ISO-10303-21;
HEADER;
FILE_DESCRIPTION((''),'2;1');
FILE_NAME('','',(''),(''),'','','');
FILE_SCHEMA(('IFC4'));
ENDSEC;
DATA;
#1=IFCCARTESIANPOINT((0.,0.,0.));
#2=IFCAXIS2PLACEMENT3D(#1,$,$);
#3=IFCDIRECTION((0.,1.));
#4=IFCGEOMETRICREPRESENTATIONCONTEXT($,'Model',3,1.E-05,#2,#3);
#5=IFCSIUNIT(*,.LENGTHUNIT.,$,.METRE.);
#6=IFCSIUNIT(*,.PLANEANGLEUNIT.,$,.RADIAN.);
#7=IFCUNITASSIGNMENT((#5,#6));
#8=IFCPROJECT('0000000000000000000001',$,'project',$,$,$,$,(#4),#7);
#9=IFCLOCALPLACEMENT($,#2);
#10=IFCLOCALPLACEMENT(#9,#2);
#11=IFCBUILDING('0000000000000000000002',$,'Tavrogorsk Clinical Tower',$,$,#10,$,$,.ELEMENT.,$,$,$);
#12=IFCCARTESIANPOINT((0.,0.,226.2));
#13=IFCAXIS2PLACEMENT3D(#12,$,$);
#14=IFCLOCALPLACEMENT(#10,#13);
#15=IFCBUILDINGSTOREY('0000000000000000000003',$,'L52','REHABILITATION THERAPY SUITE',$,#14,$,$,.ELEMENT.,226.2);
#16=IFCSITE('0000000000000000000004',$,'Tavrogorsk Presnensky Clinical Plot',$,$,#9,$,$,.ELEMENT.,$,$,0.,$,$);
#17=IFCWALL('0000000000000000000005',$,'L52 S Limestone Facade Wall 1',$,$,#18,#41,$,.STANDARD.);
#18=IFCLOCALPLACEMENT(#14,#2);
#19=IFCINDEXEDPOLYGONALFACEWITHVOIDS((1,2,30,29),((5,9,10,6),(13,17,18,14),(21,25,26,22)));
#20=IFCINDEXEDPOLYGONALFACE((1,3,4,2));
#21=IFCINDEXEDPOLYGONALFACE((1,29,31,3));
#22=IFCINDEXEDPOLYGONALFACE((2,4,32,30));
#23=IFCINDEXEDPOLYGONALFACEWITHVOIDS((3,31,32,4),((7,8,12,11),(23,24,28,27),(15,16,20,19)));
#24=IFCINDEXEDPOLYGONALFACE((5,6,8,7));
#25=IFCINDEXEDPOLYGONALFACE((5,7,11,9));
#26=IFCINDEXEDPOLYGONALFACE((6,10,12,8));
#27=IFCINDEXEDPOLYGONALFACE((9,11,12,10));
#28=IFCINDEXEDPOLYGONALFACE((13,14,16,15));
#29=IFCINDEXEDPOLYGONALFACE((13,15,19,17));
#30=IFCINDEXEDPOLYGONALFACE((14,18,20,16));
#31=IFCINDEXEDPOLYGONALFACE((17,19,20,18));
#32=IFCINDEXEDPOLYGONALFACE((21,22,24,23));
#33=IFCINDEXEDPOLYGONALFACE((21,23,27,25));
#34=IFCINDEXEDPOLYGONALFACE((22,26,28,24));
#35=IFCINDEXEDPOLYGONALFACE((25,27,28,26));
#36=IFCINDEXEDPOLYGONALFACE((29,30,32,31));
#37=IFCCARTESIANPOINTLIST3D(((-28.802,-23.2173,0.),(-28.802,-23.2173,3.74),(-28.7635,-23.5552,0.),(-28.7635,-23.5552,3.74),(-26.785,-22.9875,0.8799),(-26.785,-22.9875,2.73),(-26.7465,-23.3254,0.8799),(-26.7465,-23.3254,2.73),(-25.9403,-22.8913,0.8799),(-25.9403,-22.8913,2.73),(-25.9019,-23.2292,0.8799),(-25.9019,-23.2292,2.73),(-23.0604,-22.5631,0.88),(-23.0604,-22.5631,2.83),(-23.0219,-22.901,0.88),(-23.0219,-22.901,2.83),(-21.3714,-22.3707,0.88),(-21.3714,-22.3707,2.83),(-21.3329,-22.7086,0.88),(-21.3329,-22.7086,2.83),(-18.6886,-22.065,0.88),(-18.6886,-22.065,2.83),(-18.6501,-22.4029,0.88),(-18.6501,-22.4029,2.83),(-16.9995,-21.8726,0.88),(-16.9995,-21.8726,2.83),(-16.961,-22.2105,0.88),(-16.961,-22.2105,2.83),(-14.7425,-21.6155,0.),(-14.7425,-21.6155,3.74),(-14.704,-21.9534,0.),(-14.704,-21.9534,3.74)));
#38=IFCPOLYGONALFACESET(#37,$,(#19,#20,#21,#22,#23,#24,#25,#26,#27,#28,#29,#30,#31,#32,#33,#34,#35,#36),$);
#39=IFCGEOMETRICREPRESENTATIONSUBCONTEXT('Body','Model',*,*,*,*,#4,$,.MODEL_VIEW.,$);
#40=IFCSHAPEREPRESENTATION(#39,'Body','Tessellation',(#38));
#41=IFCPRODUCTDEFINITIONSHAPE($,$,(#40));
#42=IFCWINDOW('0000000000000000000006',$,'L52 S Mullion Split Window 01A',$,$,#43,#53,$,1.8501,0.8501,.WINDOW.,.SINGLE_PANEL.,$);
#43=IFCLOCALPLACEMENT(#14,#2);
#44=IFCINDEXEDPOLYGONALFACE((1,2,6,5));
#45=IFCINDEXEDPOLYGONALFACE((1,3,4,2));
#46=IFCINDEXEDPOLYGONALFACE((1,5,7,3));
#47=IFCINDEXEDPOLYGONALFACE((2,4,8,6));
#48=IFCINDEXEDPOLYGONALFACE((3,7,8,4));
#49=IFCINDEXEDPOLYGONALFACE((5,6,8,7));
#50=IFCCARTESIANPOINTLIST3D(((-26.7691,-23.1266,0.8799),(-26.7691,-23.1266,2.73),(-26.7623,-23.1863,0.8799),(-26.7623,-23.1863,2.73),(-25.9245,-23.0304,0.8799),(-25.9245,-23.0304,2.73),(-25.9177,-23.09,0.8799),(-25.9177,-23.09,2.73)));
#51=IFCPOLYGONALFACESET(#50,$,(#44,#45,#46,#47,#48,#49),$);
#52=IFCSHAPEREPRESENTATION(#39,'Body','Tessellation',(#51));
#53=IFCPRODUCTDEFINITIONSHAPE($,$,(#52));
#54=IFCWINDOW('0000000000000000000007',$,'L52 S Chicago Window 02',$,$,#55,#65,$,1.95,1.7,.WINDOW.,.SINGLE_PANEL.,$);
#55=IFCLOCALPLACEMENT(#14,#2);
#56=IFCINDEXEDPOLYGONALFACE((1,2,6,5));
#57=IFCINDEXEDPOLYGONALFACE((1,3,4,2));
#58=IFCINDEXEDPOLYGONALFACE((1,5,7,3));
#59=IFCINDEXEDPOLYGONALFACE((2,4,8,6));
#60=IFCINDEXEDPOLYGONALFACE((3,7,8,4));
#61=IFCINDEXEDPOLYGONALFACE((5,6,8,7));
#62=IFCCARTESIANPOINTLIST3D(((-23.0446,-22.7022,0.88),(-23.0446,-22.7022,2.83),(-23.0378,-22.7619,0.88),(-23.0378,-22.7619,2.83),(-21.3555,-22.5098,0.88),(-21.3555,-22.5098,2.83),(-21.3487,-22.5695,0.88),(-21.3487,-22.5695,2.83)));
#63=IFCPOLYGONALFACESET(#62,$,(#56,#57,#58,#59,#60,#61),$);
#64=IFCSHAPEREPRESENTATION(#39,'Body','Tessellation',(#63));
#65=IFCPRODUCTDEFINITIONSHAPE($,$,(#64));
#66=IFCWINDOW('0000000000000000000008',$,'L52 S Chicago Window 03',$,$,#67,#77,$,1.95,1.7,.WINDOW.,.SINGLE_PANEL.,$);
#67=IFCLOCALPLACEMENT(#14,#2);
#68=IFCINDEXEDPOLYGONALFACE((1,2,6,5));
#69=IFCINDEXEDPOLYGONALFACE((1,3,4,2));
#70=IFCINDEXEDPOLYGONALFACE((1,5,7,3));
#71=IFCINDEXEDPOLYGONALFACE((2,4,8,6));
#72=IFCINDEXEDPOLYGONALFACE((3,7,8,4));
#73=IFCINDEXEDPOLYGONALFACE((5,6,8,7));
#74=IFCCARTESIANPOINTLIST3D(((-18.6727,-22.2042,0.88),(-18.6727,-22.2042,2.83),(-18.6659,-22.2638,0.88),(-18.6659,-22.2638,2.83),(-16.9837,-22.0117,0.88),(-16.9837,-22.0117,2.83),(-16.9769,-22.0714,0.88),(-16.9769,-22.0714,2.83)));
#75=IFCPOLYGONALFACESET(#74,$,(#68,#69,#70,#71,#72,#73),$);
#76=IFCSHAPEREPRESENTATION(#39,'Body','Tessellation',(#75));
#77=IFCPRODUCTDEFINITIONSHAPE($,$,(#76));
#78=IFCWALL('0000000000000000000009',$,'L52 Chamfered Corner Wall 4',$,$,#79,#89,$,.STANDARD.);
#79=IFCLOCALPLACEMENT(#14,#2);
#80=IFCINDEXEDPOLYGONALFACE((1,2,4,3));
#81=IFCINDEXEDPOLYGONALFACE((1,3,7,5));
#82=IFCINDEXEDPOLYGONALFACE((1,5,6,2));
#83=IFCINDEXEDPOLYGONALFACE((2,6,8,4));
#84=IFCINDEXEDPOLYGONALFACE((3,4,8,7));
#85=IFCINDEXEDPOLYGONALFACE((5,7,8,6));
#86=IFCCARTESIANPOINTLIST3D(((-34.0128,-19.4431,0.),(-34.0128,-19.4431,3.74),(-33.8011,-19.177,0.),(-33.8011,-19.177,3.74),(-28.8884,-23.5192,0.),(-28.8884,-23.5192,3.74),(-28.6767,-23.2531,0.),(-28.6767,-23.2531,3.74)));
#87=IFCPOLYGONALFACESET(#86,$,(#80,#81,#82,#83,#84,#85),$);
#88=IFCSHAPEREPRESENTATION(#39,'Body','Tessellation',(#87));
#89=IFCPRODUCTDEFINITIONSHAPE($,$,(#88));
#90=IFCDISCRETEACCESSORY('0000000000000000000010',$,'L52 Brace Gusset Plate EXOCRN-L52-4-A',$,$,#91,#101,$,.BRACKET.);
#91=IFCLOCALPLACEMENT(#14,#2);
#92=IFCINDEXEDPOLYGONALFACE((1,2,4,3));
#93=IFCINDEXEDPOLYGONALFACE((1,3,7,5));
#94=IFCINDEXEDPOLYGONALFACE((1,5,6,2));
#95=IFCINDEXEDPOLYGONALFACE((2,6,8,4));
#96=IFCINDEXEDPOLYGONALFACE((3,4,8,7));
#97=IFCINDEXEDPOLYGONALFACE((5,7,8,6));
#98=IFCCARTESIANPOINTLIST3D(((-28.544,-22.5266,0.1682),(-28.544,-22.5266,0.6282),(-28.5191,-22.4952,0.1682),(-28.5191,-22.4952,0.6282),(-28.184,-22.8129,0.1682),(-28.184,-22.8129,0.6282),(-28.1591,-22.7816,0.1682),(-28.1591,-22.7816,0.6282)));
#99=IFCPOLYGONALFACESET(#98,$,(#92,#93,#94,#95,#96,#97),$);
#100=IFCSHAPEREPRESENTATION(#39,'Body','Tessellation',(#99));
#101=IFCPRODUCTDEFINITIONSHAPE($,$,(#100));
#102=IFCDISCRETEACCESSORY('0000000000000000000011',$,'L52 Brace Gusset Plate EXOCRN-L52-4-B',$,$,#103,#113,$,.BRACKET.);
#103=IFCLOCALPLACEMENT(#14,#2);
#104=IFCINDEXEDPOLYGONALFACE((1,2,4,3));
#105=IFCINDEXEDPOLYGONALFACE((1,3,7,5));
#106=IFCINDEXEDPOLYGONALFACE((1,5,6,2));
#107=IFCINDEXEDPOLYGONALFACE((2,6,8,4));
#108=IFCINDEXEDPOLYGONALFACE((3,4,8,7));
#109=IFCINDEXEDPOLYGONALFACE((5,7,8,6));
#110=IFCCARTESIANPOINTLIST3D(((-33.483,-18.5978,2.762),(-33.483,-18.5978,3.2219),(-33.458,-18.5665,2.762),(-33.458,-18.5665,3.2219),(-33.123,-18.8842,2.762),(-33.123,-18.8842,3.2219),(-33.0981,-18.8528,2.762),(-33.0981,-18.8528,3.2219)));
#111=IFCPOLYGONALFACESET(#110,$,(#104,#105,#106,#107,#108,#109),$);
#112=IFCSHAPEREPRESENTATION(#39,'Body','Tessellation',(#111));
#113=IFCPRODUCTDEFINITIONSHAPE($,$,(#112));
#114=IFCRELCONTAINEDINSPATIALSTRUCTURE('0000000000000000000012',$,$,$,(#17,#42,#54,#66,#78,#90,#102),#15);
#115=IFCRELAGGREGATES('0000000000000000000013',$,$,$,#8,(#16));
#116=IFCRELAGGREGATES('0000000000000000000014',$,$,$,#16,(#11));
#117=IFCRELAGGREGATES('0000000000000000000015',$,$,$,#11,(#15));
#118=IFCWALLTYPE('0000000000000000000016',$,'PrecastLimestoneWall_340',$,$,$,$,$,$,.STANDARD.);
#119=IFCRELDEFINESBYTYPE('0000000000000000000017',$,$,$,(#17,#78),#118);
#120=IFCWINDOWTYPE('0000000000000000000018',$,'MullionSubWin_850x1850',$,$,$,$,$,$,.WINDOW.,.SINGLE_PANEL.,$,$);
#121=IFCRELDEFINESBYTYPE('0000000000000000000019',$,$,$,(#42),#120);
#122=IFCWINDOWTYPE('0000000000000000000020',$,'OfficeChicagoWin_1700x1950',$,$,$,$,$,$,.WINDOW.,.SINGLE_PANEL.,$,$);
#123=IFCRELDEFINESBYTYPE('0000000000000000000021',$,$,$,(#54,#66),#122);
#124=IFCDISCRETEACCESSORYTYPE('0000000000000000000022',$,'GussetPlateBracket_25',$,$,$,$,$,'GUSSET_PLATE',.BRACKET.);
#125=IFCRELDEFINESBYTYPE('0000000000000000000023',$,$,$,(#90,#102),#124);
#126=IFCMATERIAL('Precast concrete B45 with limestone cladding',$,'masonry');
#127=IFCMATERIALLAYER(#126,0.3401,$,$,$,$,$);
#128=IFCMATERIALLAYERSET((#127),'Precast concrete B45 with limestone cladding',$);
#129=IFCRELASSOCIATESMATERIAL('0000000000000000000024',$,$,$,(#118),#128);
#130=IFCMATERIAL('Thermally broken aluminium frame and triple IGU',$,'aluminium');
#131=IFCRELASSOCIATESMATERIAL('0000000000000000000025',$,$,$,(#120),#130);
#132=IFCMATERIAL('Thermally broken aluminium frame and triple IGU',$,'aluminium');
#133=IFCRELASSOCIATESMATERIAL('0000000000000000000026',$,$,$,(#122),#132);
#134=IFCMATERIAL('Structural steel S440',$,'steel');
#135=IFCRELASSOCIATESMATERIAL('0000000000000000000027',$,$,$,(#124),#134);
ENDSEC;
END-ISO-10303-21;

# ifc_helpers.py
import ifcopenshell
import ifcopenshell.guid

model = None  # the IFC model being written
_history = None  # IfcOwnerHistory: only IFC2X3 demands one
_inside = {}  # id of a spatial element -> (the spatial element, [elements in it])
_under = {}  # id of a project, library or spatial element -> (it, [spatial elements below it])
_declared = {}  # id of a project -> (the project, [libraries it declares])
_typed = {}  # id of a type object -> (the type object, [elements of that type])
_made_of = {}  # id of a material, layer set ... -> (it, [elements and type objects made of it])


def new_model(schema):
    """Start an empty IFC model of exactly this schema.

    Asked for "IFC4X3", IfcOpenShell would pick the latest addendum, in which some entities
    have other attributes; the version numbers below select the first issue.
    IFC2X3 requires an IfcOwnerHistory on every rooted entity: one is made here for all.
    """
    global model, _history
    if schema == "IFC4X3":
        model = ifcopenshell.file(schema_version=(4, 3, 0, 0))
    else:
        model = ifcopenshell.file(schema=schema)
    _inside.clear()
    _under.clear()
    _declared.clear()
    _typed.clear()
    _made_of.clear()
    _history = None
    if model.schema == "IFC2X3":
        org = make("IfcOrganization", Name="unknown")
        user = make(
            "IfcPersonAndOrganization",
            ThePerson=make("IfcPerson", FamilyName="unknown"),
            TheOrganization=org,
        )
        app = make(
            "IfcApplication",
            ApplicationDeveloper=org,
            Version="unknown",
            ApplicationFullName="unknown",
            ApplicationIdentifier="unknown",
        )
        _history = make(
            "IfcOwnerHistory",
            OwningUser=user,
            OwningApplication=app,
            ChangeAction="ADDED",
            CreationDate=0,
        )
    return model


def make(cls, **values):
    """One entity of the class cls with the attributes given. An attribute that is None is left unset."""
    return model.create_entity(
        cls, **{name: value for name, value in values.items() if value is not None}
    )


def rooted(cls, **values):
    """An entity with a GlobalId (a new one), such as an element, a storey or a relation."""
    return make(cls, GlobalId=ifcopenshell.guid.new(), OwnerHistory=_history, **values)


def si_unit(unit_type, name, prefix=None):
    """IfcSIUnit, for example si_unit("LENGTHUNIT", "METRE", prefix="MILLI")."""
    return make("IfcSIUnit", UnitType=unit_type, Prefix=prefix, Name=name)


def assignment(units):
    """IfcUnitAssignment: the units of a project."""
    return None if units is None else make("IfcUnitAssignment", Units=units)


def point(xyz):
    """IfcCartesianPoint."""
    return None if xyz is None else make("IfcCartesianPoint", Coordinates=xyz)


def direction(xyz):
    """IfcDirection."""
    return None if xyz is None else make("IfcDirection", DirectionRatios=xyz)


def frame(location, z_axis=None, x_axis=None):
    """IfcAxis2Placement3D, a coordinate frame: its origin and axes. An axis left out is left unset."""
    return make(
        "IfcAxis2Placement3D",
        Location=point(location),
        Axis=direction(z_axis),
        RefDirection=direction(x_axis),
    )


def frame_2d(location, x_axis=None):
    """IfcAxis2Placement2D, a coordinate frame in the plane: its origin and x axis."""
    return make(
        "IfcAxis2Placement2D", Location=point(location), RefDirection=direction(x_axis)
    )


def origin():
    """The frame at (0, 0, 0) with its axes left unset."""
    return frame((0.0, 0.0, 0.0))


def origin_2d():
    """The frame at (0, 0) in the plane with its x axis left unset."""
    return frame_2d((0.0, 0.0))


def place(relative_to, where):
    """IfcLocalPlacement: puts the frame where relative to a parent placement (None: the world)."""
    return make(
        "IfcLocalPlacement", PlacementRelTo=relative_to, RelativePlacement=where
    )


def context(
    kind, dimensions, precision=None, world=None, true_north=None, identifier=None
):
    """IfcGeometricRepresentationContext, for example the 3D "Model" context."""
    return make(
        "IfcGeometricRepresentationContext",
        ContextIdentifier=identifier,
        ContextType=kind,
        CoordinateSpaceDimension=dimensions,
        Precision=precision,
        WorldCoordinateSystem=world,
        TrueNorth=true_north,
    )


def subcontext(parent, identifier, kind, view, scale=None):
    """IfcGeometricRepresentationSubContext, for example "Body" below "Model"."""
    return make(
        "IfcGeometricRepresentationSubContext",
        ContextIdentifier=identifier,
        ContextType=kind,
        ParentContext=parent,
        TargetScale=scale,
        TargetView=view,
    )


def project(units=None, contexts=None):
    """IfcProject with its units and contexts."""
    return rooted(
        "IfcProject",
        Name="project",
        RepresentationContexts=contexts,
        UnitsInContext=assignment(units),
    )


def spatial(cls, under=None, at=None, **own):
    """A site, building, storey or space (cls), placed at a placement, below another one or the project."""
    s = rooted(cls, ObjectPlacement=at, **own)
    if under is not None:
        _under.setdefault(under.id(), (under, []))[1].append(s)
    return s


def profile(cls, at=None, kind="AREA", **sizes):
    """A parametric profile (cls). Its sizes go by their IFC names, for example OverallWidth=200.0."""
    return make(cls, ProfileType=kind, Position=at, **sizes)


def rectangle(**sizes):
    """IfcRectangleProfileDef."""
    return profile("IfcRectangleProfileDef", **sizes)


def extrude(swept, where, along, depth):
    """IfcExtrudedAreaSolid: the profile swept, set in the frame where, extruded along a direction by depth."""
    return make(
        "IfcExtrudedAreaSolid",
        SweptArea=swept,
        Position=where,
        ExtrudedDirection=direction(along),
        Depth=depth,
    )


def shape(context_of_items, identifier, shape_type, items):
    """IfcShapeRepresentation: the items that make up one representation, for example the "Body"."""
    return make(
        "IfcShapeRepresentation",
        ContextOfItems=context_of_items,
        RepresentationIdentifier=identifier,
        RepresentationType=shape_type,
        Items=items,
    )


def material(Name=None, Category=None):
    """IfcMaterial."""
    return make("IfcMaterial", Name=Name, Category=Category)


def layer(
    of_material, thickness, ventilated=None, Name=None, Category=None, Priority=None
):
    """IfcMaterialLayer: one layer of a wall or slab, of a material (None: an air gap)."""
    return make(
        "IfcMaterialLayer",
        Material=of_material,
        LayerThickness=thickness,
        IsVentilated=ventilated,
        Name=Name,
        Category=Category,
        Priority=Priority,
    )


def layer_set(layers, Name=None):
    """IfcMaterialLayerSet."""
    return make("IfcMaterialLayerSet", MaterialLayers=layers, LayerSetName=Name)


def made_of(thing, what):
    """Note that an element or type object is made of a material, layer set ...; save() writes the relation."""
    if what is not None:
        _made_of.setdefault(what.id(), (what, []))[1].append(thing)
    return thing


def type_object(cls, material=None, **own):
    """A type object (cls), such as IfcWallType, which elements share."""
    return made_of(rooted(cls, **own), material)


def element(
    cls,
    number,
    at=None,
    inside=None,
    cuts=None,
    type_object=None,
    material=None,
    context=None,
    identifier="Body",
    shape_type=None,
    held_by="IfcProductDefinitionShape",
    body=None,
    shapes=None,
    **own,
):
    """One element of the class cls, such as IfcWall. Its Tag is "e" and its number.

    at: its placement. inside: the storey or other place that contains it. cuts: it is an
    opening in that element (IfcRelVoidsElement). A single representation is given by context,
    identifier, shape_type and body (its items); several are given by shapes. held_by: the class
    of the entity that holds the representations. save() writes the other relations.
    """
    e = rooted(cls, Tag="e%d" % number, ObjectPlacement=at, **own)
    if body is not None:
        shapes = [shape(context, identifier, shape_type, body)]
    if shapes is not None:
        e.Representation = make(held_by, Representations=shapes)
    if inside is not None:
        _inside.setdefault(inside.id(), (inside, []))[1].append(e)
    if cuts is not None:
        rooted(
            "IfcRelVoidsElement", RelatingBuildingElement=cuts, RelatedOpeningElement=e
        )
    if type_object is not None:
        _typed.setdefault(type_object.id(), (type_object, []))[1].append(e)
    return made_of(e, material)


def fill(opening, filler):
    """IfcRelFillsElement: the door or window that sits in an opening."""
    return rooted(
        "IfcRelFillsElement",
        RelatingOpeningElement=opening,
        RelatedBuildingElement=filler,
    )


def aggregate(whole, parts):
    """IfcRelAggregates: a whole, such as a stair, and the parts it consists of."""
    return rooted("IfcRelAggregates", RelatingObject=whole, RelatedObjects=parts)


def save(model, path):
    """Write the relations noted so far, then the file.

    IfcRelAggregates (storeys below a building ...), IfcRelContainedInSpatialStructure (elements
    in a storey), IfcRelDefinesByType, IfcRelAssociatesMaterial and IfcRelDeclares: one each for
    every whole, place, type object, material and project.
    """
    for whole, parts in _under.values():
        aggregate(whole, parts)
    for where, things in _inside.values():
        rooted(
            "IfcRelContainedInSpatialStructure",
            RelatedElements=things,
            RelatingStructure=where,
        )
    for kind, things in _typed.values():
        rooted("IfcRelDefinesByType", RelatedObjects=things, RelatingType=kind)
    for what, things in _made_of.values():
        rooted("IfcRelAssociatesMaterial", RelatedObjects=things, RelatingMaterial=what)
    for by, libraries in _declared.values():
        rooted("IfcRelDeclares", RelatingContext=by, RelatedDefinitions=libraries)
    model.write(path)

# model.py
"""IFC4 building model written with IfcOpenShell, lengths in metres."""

from ifc_helpers import new_model, si_unit, direction, frame, frame_2d, origin, origin_2d, place, context, subcontext, project, spatial, rectangle, extrude, material, layer, layer_set, type_object, element, fill, save


model = new_model("IFC4")

# Units and contexts
model_context = context("Model", 3, precision=1e-05, world=origin(), true_north=direction((0.0, 1.0)))
body_context = subcontext(model_context, "Body", "Model", "MODEL_VIEW")
ifc_project = project(units=[si_unit("LENGTHUNIT", "METRE"), si_unit("PLANEANGLEUNIT", "RADIAN")], contexts=[model_context])

# Site, building, storey
site_placement = place(None, origin())
site = spatial("IfcSite", under=ifc_project, at=site_placement, Name="Tavrogorsk Presnensky Clinical Plot", CompositionType="ELEMENT", RefElevation=0.0)
building_placement = place(site_placement, origin())
building = spatial("IfcBuilding", under=site, at=building_placement, Name="Tavrogorsk Clinical Tower", CompositionType="ELEMENT")
storey_placement = place(building_placement, frame((0.0, 0.0, 226.2)))
storey = spatial("IfcBuildingStorey", under=building, at=storey_placement, Name="L52", Description="REHABILITATION THERAPY SUITE", CompositionType="ELEMENT", Elevation=226.2)

# Wall, openings, windows
ifc_material_1 = material(Name="Precast concrete B45 with limestone cladding", Category="masonry")
ifc_layer_1 = layer(ifc_material_1, 0.3401)
ifc_layer_set_1 = layer_set([ifc_layer_1], Name="Precast concrete B45 with limestone cladding")
wall_type_1 = type_object("IfcWallType", Name="PrecastLimestoneWall_340", PredefinedType="STANDARD", material=ifc_layer_set_1)
wall_1_placement = place(storey_placement, frame((-28.7827, -23.3862, 0.0), z_axis=(0.0, 0.0, 1.0), x_axis=(0.993572, 0.1132, 0.0)))
wall_1 = element("IfcWall", 1, at=wall_1_placement, inside=storey, type_object=wall_type_1, Name="L52 S Limestone Facade Wall 1", PredefinedType="STANDARD", context=body_context, shape_type="SweptSolid", body=[
    extrude(rectangle(XDim=14.1504, YDim=0.3401, at=frame_2d((7.0752, 0.0))), origin(), (0.0, 0.0, 1.0), 3.74),
])
opening_1_placement = place(wall_1_placement, frame((2.03, 0.0, 0.8799)))
opening_1 = element("IfcOpeningElement", 2, at=opening_1_placement, cuts=wall_1, PredefinedType="OPENING", context=body_context, shape_type="SweptSolid", body=[
    extrude(rectangle(XDim=0.8501, YDim=1.8501, at=frame_2d((0.425, 0.925))), frame((0.0, 0.1799, 0.0), z_axis=(0.0, -1.0, 0.0), x_axis=(1.0, 0.0, 0.0)), (0.0, 0.0, 1.0), 0.3601),
])
opening_2_placement = place(wall_1_placement, frame((5.7786, 0.0, 0.8799)))
opening_2 = element("IfcOpeningElement", 3, at=opening_2_placement, cuts=wall_1, PredefinedType="OPENING", context=body_context, shape_type="SweptSolid", body=[
    extrude(rectangle(XDim=1.7, YDim=1.95, at=frame_2d((0.8501, 0.9751))), frame((0.0, 0.1799, 0.0), z_axis=(0.0, -1.0, 0.0), x_axis=(1.0, 0.0, 0.0)), (0.0, 0.0, 1.0), 0.3601),
])
opening_3_placement = place(wall_1_placement, frame((10.1787, 0.0, 0.8799)))
opening_3 = element("IfcOpeningElement", 4, at=opening_3_placement, cuts=wall_1, PredefinedType="OPENING", context=body_context, shape_type="SweptSolid", body=[
    extrude(rectangle(XDim=1.7, YDim=1.95, at=frame_2d((0.8501, 0.9751))), frame((0.0, 0.1799, 0.0), z_axis=(0.0, -1.0, 0.0), x_axis=(1.0, 0.0, 0.0)), (0.0, 0.0, 1.0), 0.3601),
])
ifc_material_2 = material(Name="Thermally broken aluminium frame and triple IGU", Category="aluminium")
window_type_1 = type_object("IfcWindowType", Name="MullionSubWin_850x1850", PartitioningType="SINGLE_PANEL", PredefinedType="WINDOW", material=ifc_material_2)
window_1_placement = place(opening_1_placement, origin())
window_1 = element("IfcWindow", 5, at=window_1_placement, inside=storey, type_object=window_type_1, Name="L52 S Mullion Split Window 01A", OverallHeight=1.8501, OverallWidth=0.8501, PartitioningType="SINGLE_PANEL", PredefinedType="WINDOW", context=body_context, shape_type="SweptSolid", body=[
    extrude(rectangle(XDim=0.8501, YDim=1.8501, at=frame_2d((0.425, 0.925))), frame((0.0, 0.03, 0.0), z_axis=(0.0, -1.0, 0.0), x_axis=(1.0, 0.0, 0.0)), (0.0, 0.0, 1.0), 0.0601),
])
fill(opening_1, window_1)
ifc_material_3 = material(Name="Thermally broken aluminium frame and triple IGU", Category="aluminium")
window_type_2 = type_object("IfcWindowType", Name="OfficeChicagoWin_1700x1950", PartitioningType="SINGLE_PANEL", PredefinedType="WINDOW", material=ifc_material_3)
window_2_placement = place(opening_2_placement, origin())
window_2 = element("IfcWindow", 6, at=window_2_placement, inside=storey, type_object=window_type_2, Name="L52 S Chicago Window 02", OverallHeight=1.95, OverallWidth=1.7, PartitioningType="SINGLE_PANEL", PredefinedType="WINDOW", context=body_context, shape_type="SweptSolid", body=[
    extrude(rectangle(XDim=1.7, YDim=1.95, at=frame_2d((0.8501, 0.9751))), frame((0.0, 0.03, 0.0), z_axis=(0.0, -1.0, 0.0), x_axis=(1.0, 0.0, 0.0)), (0.0, 0.0, 1.0), 0.0601),
])
fill(opening_2, window_2)
window_3_placement = place(opening_3_placement, origin())
window_3 = element("IfcWindow", 7, at=window_3_placement, inside=storey, type_object=window_type_2, Name="L52 S Chicago Window 03", OverallHeight=1.95, OverallWidth=1.7, PartitioningType="SINGLE_PANEL", PredefinedType="WINDOW", context=body_context, shape_type="SweptSolid", body=[
    extrude(rectangle(XDim=1.7, YDim=1.95, at=frame_2d((0.8501, 0.9751))), frame((0.0, 0.03, 0.0), z_axis=(0.0, -1.0, 0.0), x_axis=(1.0, 0.0, 0.0)), (0.0, 0.0, 1.0), 0.0601),
])
fill(opening_3, window_3)

# Wall
wall_2_placement = place(storey_placement, frame((-33.907, -19.3101, 0.0), z_axis=(0.0, 0.0, 1.0), x_axis=(0.782612, -0.62251, 0.0)))
element("IfcWall", 8, at=wall_2_placement, inside=storey, type_object=wall_type_1, Name="L52 Chamfered Corner Wall 4", PredefinedType="STANDARD", context=body_context, shape_type="SweptSolid", body=[
    extrude(rectangle(XDim=6.5479, YDim=0.3401, at=frame_2d((3.2739, 0.0))), origin(), (0.0, 0.0, 1.0), 3.74),
])

# Discrete accessories
ifc_material_4 = material(Name="Structural steel S440", Category="steel")
discrete_accessory_type = type_object("IfcDiscreteAccessoryType", Name="GussetPlateBracket_25", ElementType="GUSSET_PLATE", PredefinedType="BRACKET", material=ifc_material_4)
for number, where, z_axis, x_axis, name in (
    (9, (-28.3516, -22.6541, 0.1682), (0.0, 0.0, 1.0), (-0.782608, 0.622515, 0.0), "L52 Brace Gusset Plate EXOCRN-L52-4-A"),
    (10, (-33.2905, -18.7253, 2.762), (0.0, 0.0, 1.0), (-0.782608, 0.622515, 0.0), "L52 Brace Gusset Plate EXOCRN-L52-4-B"),
):
    element("IfcDiscreteAccessory", number, at=place(storey_placement, frame(where, z_axis=z_axis, x_axis=x_axis)), inside=storey, type_object=discrete_accessory_type, Name=name, PredefinedType="BRACKET", context=body_context, shape_type="SweptSolid", body=[
        extrude(rectangle(XDim=0.46, YDim=0.04, at=origin_2d()), origin(), (0.0, 0.0, 1.0), 0.46),
    ])

save(model, "model.ifc")
